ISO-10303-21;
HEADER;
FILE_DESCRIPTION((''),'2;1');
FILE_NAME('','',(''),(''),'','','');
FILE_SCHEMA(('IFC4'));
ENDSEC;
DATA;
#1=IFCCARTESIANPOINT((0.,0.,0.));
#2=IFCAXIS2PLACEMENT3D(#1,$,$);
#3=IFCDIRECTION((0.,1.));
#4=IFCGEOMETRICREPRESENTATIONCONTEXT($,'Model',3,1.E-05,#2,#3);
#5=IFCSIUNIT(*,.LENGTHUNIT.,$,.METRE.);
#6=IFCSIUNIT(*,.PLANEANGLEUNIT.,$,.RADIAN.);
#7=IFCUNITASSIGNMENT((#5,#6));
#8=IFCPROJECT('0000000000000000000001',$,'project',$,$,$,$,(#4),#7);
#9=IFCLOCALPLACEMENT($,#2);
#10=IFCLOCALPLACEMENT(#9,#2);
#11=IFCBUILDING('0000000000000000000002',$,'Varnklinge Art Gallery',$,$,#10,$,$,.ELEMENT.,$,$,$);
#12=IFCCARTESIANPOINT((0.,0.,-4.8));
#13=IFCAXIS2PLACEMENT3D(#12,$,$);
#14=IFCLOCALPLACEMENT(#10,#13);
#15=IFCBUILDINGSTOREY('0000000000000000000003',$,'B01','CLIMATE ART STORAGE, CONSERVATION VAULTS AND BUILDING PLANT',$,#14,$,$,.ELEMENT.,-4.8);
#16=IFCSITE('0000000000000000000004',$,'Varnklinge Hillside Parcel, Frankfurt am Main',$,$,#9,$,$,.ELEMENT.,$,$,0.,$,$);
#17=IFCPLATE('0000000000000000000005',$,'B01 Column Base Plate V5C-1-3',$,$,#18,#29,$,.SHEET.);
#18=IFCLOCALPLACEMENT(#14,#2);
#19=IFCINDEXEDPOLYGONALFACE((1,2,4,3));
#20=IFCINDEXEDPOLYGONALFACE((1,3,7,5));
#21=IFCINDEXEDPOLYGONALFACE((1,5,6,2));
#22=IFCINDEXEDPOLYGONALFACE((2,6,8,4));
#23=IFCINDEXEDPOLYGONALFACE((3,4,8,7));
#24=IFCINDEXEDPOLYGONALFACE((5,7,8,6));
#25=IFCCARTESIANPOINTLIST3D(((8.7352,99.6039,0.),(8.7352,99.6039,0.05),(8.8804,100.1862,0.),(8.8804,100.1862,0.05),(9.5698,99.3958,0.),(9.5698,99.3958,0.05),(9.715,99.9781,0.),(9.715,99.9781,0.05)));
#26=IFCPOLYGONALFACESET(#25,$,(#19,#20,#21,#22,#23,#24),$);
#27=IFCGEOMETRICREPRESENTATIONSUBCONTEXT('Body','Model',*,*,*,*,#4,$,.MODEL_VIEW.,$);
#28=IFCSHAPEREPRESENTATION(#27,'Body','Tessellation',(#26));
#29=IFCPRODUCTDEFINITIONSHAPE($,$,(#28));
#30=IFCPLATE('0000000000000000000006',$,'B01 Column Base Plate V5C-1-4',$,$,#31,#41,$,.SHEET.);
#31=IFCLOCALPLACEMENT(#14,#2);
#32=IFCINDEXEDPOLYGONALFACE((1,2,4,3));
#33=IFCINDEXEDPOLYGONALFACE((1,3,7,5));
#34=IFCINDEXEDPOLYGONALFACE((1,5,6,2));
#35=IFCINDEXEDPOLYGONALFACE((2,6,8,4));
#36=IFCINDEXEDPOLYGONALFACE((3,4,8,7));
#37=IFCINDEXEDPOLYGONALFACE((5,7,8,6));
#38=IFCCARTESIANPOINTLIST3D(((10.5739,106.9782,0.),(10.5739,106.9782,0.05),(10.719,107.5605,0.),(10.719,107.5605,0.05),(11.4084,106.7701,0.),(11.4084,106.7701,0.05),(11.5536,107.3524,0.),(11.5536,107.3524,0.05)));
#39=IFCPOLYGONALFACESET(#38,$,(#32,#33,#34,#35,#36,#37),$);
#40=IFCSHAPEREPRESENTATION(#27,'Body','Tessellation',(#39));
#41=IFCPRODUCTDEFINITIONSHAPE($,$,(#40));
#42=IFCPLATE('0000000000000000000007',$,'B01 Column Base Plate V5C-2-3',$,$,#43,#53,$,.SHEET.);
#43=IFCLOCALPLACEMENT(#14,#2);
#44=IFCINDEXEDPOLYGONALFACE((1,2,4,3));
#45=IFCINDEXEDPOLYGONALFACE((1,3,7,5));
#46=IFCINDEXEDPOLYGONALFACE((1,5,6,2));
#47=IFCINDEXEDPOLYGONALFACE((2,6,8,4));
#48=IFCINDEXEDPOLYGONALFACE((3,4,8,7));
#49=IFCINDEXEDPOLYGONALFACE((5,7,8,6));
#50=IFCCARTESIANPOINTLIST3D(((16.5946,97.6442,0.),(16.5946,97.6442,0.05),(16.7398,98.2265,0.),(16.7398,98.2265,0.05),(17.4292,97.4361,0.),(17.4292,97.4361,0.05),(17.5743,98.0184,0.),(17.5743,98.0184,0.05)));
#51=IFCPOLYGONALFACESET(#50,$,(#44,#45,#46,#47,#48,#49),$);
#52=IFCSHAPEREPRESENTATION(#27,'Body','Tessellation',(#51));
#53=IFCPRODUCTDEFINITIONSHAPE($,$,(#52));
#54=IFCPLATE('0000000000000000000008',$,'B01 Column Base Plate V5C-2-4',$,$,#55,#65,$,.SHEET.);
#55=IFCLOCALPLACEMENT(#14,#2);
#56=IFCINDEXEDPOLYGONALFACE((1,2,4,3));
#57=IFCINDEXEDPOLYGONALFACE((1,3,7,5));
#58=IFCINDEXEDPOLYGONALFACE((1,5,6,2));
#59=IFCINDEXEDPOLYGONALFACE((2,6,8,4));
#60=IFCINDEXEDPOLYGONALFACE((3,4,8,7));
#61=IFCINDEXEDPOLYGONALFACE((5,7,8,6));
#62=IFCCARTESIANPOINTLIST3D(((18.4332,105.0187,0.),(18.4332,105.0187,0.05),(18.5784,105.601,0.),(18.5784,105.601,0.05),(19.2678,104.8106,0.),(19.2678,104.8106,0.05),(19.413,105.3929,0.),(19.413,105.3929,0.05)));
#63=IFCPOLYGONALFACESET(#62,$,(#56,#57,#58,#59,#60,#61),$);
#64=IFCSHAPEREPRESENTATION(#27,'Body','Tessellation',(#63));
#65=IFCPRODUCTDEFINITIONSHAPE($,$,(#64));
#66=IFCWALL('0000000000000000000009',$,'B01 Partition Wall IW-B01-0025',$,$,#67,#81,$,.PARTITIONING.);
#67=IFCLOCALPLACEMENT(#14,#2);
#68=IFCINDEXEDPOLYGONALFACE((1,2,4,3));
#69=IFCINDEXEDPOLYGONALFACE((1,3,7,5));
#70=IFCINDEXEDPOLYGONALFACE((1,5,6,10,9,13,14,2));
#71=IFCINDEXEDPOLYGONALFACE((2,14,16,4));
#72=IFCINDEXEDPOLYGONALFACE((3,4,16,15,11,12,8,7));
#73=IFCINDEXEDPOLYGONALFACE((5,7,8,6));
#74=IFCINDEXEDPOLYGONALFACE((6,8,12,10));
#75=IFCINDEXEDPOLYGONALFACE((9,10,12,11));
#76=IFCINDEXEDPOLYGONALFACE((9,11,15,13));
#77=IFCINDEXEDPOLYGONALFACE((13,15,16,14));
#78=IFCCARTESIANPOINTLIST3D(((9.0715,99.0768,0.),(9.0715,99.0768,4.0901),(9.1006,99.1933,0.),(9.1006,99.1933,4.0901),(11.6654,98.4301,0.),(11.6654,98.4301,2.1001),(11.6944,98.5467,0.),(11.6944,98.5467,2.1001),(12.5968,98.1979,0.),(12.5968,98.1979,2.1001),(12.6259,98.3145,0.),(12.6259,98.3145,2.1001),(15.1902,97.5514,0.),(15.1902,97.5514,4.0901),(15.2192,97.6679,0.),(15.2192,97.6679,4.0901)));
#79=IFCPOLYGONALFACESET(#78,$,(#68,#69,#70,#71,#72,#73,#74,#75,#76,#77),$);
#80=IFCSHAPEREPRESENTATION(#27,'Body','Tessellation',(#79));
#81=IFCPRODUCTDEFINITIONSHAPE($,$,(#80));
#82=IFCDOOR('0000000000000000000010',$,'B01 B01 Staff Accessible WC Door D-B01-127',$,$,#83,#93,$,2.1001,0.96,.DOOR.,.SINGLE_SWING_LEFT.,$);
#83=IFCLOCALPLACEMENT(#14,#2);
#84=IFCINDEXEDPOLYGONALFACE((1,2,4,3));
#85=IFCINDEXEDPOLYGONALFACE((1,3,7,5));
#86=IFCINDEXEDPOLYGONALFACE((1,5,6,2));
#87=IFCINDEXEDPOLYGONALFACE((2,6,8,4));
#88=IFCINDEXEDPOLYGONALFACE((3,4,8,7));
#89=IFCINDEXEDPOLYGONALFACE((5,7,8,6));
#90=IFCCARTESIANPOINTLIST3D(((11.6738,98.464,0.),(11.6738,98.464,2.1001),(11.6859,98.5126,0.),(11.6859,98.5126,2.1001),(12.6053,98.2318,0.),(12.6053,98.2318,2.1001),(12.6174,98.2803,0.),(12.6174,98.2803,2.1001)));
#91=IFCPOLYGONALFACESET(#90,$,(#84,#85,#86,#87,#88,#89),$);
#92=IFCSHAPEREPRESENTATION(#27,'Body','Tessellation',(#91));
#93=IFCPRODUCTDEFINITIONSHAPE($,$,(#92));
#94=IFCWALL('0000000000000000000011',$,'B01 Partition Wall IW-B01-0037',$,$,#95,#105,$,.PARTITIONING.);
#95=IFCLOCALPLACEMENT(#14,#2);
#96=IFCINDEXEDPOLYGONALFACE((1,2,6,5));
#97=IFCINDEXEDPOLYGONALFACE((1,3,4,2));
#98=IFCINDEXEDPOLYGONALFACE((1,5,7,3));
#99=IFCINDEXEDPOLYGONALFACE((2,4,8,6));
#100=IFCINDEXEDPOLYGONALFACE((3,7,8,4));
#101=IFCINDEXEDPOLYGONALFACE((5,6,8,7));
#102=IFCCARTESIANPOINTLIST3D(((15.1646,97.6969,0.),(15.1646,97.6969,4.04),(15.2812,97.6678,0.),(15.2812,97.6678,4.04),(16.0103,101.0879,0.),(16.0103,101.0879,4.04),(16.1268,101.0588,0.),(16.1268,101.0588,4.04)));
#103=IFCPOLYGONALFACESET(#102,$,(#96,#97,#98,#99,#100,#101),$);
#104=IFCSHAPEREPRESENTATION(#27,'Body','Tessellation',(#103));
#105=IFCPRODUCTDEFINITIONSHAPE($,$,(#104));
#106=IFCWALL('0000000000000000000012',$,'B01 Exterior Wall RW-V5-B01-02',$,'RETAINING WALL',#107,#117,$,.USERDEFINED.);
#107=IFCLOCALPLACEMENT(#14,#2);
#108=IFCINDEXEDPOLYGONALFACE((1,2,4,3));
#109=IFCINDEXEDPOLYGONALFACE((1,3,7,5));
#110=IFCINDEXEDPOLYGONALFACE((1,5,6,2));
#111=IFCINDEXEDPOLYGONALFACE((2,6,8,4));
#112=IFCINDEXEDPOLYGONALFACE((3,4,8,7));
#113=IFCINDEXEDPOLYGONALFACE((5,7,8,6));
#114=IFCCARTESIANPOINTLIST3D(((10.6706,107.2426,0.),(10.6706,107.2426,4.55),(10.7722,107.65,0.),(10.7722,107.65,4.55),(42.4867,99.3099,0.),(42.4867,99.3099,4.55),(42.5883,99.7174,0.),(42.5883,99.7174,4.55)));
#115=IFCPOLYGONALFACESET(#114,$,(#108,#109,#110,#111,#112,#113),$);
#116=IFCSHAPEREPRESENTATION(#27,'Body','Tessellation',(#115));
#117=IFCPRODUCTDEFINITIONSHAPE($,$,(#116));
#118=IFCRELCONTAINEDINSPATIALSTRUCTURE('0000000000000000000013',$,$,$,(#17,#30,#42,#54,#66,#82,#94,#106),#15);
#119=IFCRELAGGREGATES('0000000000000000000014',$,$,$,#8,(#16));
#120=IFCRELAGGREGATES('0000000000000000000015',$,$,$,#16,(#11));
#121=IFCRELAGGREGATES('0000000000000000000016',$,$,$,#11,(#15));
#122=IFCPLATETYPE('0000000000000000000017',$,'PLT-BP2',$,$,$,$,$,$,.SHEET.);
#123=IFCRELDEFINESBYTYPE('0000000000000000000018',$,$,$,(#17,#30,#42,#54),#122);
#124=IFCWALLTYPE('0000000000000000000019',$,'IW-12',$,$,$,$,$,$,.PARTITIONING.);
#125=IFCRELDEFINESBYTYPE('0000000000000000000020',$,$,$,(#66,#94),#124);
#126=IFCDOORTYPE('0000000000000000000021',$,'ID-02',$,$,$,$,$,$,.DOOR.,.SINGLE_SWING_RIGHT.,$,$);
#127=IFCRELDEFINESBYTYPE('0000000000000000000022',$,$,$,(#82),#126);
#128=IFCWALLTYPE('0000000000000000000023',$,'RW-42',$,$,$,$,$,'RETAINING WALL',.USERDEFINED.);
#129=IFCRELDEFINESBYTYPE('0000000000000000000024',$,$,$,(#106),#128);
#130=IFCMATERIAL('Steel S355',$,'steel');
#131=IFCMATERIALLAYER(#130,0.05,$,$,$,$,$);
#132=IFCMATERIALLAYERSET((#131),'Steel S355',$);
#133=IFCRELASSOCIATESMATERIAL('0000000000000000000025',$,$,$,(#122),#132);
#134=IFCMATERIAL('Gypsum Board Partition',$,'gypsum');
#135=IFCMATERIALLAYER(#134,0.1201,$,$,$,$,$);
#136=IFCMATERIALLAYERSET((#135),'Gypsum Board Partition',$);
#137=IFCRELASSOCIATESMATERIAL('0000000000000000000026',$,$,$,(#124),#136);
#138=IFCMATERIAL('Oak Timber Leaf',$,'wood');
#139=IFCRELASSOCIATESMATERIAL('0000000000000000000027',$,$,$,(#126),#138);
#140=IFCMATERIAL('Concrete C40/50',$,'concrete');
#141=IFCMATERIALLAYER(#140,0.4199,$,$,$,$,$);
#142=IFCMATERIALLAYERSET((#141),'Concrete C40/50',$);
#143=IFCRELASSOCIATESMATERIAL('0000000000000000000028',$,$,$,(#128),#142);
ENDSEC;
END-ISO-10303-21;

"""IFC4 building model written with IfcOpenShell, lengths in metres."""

from ifc_helpers import new_model, si_unit, direction, frame, frame_2d, origin, origin_2d, place, context, subcontext, project, spatial, rectangle, extrude, material, layer, layer_set, type_object, element, fill, save


model = new_model("IFC4")

# Units and contexts
model_context = context("Model", 3, precision=1e-05, world=origin(), true_north=direction((0.0, 1.0)))
body_context = subcontext(model_context, "Body", "Model", "MODEL_VIEW")
ifc_project = project(units=[si_unit("LENGTHUNIT", "METRE"), si_unit("PLANEANGLEUNIT", "RADIAN")], contexts=[model_context])

# Site, building, storey
site_placement = place(None, origin())
site = spatial("IfcSite", under=ifc_project, at=site_placement, Name="Varnklinge Hillside Parcel, Frankfurt am Main", CompositionType="ELEMENT", RefElevation=0.0)
building_placement = place(site_placement, origin())
building = spatial("IfcBuilding", under=site, at=building_placement, Name="Varnklinge Art Gallery", CompositionType="ELEMENT")
storey_placement = place(building_placement, frame((0.0, 0.0, -4.8)))
storey = spatial("IfcBuildingStorey", under=building, at=storey_placement, Name="B01", Description="CLIMATE ART STORAGE, CONSERVATION VAULTS AND BUILDING PLANT", CompositionType="ELEMENT", Elevation=-4.8)

# Plates
ifc_material_1 = material(Name="Steel S355", Category="steel")
ifc_layer_1 = layer(ifc_material_1, 0.05)
ifc_layer_set_1 = layer_set([ifc_layer_1], Name="Steel S355")
plate_type = type_object("IfcPlateType", Name="PLT-BP2", PredefinedType="SHEET", material=ifc_layer_set_1)
for number, where, z_axis, x_axis, name in (
    (1, (9.2251, 99.791, 0.0), (0.0, 0.0, 1.0), (0.970296, -0.241922, 0.0), "B01 Column Base Plate V5C-1-3"),
    (2, (11.0637, 107.1653, 0.0), (0.0, 0.0, 1.0), (0.970296, -0.241922, 0.0), "B01 Column Base Plate V5C-1-4"),
    (3, (17.0845, 97.8313, 0.0), (0.0, 0.0, 1.0), (0.970296, -0.241922, 0.0), "B01 Column Base Plate V5C-2-3"),
    (4, (18.9231, 105.2058, 0.0), (0.0, 0.0, 1.0), (0.970296, -0.241922, 0.0), "B01 Column Base Plate V5C-2-4"),
):
    element("IfcPlate", number, at=place(storey_placement, frame(where, z_axis=z_axis, x_axis=x_axis)), inside=storey, type_object=plate_type, Name=name, PredefinedType="SHEET", context=body_context, shape_type="SweptSolid", body=[
        extrude(rectangle(XDim=0.8601, YDim=0.6001, at=origin_2d()), origin(), (0.0, 0.0, 1.0), 0.05),
    ])

# Wall, opening, door
ifc_material_2 = material(Name="Gypsum Board Partition", Category="gypsum")
ifc_layer_2 = layer(ifc_material_2, 0.1201)
ifc_layer_set_2 = layer_set([ifc_layer_2], Name="Gypsum Board Partition")
wall_type_1 = type_object("IfcWallType", Name="IW-12", PredefinedType="PARTITIONING", material=ifc_layer_set_2)
wall_1_placement = place(storey_placement, frame((9.0862, 99.135, 0.0), z_axis=(0.0, 0.0, 1.0), x_axis=(0.970302, -0.241898, 0.0)))
wall_1 = element("IfcWall", 5, at=wall_1_placement, inside=storey, type_object=wall_type_1, Name="B01 Partition Wall IW-B01-0025", PredefinedType="PARTITIONING", context=body_context, shape_type="SweptSolid", body=[
    extrude(rectangle(XDim=6.3059, YDim=0.1201, at=frame_2d((3.1528, 0.0))), origin(), (0.0, 0.0, 1.0), 4.0901),
])
opening_placement = place(wall_1_placement, frame((2.6731, 0.0, 0.0)))
opening = element("IfcOpeningElement", 6, at=opening_placement, cuts=wall_1, PredefinedType="OPENING", context=body_context, shape_type="SweptSolid", body=[
    extrude(rectangle(XDim=0.96, YDim=2.1001, at=frame_2d((0.48, 1.05))), frame((0.0, 0.0701, 0.0), z_axis=(0.0, -1.0, 0.0), x_axis=(1.0, 0.0, 0.0)), (0.0, 0.0, 1.0), 0.1401),
])
ifc_material_3 = material(Name="Oak Timber Leaf", Category="wood")
door_type = type_object("IfcDoorType", Name="ID-02", OperationType="SINGLE_SWING_RIGHT", PredefinedType="DOOR", material=ifc_material_3)
door_placement = place(opening_placement, origin())
door = element("IfcDoor", 7, at=door_placement, inside=storey, type_object=door_type, Name="B01 B01 Staff Accessible WC Door D-B01-127", OperationType="SINGLE_SWING_LEFT", OverallHeight=2.1001, OverallWidth=0.96, PredefinedType="DOOR", context=body_context, shape_type="SweptSolid", body=[
    extrude(rectangle(XDim=0.96, YDim=2.1001, at=frame_2d((0.48, 1.05))), frame((0.0, 0.0249, 0.0), z_axis=(0.0, -1.0, 0.0), x_axis=(1.0, 0.0, 0.0)), (0.0, 0.0, 1.0), 0.05),
])
fill(opening, door)

# Walls
wall_2_placement = place(storey_placement, frame((16.0686, 101.0735, 0.0), z_axis=(0.0, 0.0, 1.0), x_axis=(-0.241977, -0.970282, 0.0)))
element("IfcWall", 8, at=wall_2_placement, inside=storey, type_object=wall_type_1, Name="B01 Partition Wall IW-B01-0037", PredefinedType="PARTITIONING", context=body_context, shape_type="SweptSolid", body=[
    extrude(rectangle(XDim=3.4949, YDim=0.1201, at=frame_2d((1.7476, 0.0))), origin(), (0.0, 0.0, 1.0), 4.04),
])
ifc_material_4 = material(Name="Concrete C40/50", Category="concrete")
ifc_layer_3 = layer(ifc_material_4, 0.4199)
ifc_layer_set_3 = layer_set([ifc_layer_3], Name="Concrete C40/50")
wall_type_2 = type_object("IfcWallType", Name="RW-42", ElementType="RETAINING WALL", PredefinedType="USERDEFINED", material=ifc_layer_set_3)
wall_3_placement = place(storey_placement, frame((10.7214, 107.4463, 0.0), z_axis=(0.0, 0.0, 1.0), x_axis=(0.970296, -0.241922, 0.0)))
element("IfcWall", 9, at=wall_3_placement, inside=storey, type_object=wall_type_2, Name="B01 Exterior Wall RW-V5-B01-02", ObjectType="RETAINING WALL", PredefinedType="USERDEFINED", context=body_context, shape_type="SweptSolid", body=[
    extrude(rectangle(XDim=32.79, YDim=0.4199, at=frame_2d((16.395, 0.0))), origin(), (0.0, 0.0, 1.0), 4.55),
])

save(model, "model.ifc")
